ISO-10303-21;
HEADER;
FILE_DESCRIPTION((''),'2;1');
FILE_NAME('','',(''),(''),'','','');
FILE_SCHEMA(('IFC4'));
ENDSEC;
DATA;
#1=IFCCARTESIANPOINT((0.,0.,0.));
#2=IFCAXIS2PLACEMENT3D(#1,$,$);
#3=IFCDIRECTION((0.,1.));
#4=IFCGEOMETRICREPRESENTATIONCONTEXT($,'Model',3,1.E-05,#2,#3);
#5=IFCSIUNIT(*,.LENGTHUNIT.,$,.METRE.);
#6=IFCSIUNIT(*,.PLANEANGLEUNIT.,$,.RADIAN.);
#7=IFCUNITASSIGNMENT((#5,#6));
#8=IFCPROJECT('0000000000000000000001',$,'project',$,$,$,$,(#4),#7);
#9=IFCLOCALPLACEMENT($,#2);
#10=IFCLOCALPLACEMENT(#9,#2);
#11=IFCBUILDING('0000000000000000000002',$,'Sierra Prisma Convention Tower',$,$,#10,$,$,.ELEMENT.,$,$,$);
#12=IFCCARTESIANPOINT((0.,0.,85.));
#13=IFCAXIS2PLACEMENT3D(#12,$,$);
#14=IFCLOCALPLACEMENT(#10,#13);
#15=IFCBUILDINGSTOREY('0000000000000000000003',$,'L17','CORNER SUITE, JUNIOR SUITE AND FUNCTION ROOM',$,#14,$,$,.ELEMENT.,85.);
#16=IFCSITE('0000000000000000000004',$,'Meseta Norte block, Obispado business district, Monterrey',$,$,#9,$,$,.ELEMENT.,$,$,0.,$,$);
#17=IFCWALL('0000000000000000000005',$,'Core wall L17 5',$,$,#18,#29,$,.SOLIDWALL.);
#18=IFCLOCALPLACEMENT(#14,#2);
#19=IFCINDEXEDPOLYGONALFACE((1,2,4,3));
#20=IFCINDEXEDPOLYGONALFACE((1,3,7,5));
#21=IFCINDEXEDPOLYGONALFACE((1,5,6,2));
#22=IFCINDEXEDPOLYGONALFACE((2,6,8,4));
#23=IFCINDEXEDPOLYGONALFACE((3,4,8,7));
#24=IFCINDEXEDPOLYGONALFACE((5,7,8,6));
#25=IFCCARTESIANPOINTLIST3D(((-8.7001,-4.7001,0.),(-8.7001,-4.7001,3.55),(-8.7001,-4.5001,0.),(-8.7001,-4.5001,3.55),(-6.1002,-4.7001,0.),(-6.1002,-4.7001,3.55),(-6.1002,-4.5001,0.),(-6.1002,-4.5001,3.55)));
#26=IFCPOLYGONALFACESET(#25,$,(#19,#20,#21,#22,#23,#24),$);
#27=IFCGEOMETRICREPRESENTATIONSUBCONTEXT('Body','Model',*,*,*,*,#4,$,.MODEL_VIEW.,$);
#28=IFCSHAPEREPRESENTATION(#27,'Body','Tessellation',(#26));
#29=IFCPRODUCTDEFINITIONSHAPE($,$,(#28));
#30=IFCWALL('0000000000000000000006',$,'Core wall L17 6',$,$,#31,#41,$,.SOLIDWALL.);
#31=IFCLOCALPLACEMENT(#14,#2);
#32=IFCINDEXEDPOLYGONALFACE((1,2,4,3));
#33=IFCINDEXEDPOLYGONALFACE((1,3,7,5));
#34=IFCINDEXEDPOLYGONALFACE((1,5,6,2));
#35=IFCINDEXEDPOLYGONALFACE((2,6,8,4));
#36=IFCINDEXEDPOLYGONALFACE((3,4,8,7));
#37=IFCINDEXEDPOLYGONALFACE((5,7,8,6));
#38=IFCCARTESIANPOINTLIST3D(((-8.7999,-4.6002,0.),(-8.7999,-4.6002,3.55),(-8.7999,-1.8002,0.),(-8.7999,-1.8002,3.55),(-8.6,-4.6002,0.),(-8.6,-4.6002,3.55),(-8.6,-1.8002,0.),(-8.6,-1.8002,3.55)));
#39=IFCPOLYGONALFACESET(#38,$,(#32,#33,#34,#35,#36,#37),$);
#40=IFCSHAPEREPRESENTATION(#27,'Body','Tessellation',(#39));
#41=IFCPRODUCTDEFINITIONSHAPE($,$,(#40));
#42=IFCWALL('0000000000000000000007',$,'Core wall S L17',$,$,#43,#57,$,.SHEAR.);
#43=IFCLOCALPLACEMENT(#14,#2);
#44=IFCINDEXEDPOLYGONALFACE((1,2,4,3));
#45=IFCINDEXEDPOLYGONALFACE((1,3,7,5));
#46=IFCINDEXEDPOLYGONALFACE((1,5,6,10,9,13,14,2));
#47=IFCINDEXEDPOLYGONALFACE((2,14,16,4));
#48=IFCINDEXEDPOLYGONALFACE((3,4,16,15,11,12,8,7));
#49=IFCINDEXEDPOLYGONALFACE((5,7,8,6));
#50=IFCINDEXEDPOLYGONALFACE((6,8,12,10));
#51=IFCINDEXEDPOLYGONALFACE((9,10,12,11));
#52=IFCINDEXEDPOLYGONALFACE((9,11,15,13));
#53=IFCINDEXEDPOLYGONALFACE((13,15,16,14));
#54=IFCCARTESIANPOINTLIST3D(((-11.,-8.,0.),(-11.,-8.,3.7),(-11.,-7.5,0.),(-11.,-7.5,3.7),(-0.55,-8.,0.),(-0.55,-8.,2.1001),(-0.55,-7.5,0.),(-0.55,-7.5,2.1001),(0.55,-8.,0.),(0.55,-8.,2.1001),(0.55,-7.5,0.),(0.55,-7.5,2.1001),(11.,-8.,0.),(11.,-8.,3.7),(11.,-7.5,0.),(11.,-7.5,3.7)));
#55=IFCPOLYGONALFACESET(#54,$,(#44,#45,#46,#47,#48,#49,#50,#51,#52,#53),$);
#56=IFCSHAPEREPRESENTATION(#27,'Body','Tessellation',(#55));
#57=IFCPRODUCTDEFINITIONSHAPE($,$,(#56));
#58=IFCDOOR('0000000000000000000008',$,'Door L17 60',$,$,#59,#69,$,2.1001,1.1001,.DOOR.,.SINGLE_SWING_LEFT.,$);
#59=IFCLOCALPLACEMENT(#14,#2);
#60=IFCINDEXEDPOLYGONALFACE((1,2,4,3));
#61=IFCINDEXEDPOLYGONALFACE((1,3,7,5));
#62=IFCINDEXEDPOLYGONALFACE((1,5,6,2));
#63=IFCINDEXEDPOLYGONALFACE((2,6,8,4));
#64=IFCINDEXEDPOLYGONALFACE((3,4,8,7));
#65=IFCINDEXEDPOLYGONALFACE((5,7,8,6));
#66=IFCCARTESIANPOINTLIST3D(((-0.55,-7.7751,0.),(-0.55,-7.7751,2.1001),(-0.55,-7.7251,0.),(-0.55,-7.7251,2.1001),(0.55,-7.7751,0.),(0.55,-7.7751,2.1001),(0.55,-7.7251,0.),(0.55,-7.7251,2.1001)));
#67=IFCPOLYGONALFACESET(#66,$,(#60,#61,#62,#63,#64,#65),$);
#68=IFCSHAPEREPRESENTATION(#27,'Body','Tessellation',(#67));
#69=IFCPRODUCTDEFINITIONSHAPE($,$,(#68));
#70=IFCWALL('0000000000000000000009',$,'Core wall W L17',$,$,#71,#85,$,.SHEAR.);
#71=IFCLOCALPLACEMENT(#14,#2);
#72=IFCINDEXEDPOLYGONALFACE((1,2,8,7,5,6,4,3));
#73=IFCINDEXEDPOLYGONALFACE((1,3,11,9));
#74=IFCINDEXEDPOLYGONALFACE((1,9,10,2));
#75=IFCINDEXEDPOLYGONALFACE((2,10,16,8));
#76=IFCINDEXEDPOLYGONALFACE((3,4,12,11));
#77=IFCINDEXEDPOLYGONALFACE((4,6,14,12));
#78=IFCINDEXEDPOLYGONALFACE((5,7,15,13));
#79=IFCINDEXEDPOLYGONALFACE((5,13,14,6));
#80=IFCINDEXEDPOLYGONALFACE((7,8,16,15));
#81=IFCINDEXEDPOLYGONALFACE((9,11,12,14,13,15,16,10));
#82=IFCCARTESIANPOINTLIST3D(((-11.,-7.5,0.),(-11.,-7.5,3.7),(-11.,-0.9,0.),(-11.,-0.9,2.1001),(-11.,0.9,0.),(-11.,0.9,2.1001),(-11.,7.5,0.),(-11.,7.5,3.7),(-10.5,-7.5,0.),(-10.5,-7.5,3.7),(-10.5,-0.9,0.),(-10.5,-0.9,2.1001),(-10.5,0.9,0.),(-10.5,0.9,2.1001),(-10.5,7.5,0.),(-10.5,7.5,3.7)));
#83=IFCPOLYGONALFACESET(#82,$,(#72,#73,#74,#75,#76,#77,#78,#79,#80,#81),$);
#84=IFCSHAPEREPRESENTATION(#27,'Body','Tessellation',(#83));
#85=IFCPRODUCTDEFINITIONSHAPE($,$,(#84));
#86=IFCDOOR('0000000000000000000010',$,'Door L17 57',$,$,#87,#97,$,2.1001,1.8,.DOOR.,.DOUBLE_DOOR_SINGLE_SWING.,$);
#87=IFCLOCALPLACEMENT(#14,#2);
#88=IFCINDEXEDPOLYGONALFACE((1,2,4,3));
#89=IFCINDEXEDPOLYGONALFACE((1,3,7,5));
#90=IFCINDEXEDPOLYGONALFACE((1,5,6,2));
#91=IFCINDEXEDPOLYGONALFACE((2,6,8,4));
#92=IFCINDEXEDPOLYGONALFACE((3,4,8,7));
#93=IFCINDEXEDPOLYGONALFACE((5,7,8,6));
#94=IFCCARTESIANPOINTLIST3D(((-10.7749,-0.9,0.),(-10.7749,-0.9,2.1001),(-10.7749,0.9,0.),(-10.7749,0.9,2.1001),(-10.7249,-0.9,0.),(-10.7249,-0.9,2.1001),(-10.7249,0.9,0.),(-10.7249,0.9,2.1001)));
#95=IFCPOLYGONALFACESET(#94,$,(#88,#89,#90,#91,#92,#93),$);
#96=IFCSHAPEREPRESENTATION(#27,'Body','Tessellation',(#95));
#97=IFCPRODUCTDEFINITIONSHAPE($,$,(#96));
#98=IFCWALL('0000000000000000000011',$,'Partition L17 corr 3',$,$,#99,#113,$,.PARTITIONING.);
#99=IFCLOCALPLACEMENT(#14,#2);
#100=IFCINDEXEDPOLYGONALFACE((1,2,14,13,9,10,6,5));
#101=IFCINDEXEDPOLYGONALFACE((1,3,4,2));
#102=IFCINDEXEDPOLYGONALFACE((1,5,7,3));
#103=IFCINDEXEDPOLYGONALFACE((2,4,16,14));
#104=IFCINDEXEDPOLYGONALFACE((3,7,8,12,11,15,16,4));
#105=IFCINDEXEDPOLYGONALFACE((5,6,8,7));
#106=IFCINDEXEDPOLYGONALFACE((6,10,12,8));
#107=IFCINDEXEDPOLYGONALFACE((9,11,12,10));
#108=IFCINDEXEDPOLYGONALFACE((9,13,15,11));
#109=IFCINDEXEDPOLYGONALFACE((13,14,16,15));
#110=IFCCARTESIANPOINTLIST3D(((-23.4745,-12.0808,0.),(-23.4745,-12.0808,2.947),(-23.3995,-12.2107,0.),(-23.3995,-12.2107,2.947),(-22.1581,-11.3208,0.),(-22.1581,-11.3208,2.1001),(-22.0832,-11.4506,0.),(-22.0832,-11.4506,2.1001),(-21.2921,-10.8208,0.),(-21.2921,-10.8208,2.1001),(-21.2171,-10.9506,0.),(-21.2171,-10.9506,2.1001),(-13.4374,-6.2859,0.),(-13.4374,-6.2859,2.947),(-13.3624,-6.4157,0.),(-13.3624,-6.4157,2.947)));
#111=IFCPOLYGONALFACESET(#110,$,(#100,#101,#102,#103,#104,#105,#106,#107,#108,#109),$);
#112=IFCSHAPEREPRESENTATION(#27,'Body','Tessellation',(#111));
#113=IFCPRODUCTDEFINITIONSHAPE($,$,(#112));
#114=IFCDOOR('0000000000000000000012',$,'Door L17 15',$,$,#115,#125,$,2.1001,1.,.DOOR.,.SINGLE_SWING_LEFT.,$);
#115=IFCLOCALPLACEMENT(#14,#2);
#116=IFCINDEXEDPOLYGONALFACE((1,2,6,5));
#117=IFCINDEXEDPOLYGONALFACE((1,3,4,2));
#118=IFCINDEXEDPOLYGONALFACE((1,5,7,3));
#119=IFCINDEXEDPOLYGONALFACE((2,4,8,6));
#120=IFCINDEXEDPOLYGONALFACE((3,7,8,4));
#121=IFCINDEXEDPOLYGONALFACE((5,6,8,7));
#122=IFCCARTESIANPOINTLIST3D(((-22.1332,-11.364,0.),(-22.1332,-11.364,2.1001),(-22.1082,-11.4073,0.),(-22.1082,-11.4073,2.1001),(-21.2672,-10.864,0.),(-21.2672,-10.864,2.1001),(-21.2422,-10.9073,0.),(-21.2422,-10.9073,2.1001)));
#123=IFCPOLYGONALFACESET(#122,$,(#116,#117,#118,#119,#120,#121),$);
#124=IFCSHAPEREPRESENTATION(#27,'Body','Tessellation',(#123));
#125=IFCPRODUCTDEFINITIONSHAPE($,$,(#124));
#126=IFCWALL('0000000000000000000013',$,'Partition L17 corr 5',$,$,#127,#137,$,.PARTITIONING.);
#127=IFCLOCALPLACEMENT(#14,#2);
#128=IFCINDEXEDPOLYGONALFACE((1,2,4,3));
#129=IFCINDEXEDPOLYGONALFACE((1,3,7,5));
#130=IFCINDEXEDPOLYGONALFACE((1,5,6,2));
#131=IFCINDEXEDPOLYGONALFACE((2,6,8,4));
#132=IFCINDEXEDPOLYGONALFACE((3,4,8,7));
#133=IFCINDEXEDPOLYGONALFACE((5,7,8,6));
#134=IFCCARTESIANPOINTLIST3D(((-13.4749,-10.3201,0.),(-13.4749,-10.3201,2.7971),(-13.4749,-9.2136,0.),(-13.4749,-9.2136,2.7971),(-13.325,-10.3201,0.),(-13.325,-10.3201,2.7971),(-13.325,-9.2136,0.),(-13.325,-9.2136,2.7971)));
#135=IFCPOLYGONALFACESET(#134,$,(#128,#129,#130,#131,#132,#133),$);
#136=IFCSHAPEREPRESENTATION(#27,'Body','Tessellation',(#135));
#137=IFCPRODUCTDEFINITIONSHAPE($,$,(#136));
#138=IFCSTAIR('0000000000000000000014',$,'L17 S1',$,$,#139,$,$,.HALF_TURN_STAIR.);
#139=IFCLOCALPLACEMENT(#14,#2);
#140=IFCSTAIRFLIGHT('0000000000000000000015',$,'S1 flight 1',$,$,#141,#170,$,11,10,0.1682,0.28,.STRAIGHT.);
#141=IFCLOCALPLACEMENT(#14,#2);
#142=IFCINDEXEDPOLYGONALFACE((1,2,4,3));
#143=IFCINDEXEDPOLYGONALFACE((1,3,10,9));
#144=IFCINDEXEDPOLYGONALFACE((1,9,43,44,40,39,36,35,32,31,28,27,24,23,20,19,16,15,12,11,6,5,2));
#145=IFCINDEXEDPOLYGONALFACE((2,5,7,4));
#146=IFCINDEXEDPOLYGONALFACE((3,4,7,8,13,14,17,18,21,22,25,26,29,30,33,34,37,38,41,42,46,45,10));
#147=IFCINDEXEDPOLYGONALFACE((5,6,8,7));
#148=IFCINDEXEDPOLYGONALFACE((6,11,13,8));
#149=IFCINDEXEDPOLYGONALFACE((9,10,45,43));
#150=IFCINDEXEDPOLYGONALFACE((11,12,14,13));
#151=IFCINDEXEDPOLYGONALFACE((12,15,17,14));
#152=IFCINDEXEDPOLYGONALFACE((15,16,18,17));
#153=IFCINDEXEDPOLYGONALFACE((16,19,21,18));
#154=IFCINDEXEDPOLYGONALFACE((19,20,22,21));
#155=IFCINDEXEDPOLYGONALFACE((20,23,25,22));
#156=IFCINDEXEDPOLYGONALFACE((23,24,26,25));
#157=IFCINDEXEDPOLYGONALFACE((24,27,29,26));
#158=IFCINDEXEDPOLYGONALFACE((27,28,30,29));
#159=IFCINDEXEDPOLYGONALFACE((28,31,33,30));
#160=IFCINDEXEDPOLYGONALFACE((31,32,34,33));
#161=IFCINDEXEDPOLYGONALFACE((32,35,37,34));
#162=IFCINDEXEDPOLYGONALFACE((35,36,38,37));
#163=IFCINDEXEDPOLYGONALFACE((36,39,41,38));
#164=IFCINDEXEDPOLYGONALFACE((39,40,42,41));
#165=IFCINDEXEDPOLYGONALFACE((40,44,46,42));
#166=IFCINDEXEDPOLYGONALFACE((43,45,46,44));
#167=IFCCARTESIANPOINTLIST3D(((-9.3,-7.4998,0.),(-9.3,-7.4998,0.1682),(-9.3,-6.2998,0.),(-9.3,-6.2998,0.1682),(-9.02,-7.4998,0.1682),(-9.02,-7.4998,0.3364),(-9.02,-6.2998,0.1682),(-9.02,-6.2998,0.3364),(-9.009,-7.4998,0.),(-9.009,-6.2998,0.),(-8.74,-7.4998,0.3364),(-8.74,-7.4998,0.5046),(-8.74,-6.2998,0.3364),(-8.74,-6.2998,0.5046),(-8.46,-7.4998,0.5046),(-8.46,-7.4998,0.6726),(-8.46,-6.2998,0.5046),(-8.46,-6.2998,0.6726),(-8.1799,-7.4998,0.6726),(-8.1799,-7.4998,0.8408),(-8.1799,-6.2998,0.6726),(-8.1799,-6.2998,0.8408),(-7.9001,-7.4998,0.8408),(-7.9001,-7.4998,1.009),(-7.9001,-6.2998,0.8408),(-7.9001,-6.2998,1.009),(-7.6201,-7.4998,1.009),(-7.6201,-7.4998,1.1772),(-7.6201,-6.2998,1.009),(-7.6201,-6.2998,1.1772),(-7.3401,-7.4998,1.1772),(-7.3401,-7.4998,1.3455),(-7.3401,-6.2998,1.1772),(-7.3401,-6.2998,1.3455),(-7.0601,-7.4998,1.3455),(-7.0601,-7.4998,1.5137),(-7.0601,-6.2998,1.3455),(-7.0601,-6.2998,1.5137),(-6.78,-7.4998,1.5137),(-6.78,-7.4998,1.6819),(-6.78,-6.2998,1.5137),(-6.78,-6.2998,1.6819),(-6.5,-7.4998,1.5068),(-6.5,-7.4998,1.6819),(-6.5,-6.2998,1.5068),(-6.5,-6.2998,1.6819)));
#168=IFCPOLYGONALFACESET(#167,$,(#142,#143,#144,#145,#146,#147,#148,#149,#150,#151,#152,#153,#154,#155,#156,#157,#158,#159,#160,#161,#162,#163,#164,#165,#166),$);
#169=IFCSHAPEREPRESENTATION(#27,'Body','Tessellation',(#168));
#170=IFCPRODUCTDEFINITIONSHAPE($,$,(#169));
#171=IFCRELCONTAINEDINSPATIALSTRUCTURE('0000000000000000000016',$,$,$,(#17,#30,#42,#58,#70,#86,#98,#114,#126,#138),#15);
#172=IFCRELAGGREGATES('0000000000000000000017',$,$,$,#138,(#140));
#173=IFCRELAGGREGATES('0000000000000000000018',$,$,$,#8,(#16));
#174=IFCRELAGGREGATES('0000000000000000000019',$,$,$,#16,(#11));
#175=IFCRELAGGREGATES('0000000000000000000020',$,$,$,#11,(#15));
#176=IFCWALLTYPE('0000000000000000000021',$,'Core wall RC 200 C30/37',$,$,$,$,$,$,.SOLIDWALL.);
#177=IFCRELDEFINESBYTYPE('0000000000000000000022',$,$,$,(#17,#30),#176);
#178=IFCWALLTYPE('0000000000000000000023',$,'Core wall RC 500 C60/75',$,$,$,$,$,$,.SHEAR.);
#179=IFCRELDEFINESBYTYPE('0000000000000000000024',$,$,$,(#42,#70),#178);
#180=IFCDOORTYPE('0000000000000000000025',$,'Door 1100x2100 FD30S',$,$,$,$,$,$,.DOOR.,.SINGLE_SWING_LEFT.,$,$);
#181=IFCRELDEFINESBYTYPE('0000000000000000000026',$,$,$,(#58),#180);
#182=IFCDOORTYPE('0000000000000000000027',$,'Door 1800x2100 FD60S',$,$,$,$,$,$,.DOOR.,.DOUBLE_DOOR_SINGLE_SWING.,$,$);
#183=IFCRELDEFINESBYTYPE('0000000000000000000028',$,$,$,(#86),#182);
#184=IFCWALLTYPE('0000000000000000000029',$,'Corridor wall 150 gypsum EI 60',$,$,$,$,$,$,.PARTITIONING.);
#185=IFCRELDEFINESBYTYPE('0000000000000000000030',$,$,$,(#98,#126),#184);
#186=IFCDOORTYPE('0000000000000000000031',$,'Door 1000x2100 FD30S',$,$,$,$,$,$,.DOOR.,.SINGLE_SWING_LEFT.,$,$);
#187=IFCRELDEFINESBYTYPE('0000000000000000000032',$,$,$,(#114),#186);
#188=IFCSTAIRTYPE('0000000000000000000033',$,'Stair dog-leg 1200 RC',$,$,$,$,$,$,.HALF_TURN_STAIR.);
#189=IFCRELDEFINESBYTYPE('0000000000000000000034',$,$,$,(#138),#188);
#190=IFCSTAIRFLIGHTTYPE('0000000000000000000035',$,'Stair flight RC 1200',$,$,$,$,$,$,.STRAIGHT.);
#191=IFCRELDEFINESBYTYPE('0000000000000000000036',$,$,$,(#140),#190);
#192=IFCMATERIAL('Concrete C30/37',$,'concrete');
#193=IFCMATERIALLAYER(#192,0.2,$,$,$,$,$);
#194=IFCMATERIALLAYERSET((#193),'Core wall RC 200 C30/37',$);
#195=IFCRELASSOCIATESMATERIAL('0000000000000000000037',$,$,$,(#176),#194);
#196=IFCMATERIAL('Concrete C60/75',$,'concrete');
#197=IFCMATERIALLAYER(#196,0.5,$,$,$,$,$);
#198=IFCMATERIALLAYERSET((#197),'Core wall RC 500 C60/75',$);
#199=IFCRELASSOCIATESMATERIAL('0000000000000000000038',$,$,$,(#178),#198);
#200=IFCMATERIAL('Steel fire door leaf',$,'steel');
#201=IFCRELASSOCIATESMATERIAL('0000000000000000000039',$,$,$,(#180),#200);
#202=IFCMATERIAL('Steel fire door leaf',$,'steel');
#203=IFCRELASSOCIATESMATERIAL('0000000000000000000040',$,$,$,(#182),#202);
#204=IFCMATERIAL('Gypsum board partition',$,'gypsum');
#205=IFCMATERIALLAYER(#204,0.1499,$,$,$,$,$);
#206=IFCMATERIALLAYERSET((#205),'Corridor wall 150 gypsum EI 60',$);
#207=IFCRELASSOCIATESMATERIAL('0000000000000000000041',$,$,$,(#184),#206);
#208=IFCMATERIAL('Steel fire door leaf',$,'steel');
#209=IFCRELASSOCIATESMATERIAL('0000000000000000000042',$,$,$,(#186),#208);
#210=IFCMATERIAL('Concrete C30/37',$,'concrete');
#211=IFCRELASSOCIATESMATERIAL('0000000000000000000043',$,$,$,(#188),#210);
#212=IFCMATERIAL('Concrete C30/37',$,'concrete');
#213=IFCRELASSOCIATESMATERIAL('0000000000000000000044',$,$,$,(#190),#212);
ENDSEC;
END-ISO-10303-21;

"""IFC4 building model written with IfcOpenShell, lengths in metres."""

from ifc_helpers import new_model, si_unit, direction, frame, frame_2d, origin, place, context, subcontext, project, spatial, polyline, rectangle, outline, extrude, material, layer, layer_set, type_object, element, fill, aggregate, save


model = new_model("IFC4")

# Units and contexts
model_context = context("Model", 3, precision=1e-05, world=origin(), true_north=direction((0.0, 1.0)))
body_context = subcontext(model_context, "Body", "Model", "MODEL_VIEW")
ifc_project = project(units=[si_unit("LENGTHUNIT", "METRE"), si_unit("PLANEANGLEUNIT", "RADIAN")], contexts=[model_context])

# Site, building, storey
site_placement = place(None, origin())
site = spatial("IfcSite", under=ifc_project, at=site_placement, Name="Meseta Norte block, Obispado business district, Monterrey", CompositionType="ELEMENT", RefElevation=0.0)
building_placement = place(site_placement, origin())
building = spatial("IfcBuilding", under=site, at=building_placement, Name="Sierra Prisma Convention Tower", CompositionType="ELEMENT")
storey_placement = place(building_placement, frame((0.0, 0.0, 85.0)))
storey = spatial("IfcBuildingStorey", under=building, at=storey_placement, Name="L17", Description="CORNER SUITE, JUNIOR SUITE AND FUNCTION ROOM", CompositionType="ELEMENT", Elevation=85.0)

# Shared definitions
ifc_material_1 = material(Name="Concrete C30/37", Category="concrete")
ifc_layer_1 = layer(ifc_material_1, 0.2)
ifc_layer_set_1 = layer_set([ifc_layer_1], Name="Core wall RC 200 C30/37")
wall_type_1 = type_object("IfcWallType", Name="Core wall RC 200 C30/37", PredefinedType="SOLIDWALL", material=ifc_layer_set_1)

# Walls
wall_1_placement = place(storey_placement, frame((-8.7, -4.6001, 0.0), z_axis=(0.0, 0.0, 1.0), x_axis=(1.0, 0.0, 0.0)))
element("IfcWall", 1, at=wall_1_placement, inside=storey, type_object=wall_type_1, Name="Core wall L17 5", PredefinedType="SOLIDWALL", context=body_context, shape_type="SweptSolid", body=[
    extrude(rectangle(XDim=2.5999, YDim=0.2, at=frame_2d((1.2998, 0.0))), origin(), (0.0, 0.0, 1.0), 3.55),
])
wall_2_placement = place(storey_placement, frame((-8.7, -4.6001, 0.0), z_axis=(0.0, 0.0, 1.0), x_axis=(0.0, 1.0, 0.0)))
element("IfcWall", 2, at=wall_2_placement, inside=storey, type_object=wall_type_1, Name="Core wall L17 6", PredefinedType="SOLIDWALL", context=body_context, shape_type="SweptSolid", body=[
    extrude(rectangle(XDim=2.8, YDim=0.2, at=frame_2d((1.3999, 0.0))), origin(), (0.0, 0.0, 1.0), 3.55),
])

# Walls, openings, doors
ifc_material_2 = material(Name="Concrete C60/75", Category="concrete")
ifc_layer_2 = layer(ifc_material_2, 0.5)
ifc_layer_set_2 = layer_set([ifc_layer_2], Name="Core wall RC 500 C60/75")
wall_type_2 = type_object("IfcWallType", Name="Core wall RC 500 C60/75", PredefinedType="SHEAR", material=ifc_layer_set_2)
wall_3_placement = place(storey_placement, frame((-11.0, -7.75, 0.0), z_axis=(0.0, 0.0, 1.0), x_axis=(1.0, 0.0, 0.0)))
wall_3 = element("IfcWall", 3, at=wall_3_placement, inside=storey, type_object=wall_type_2, Name="Core wall S L17", PredefinedType="SHEAR", context=body_context, shape_type="SweptSolid", body=[
    extrude(rectangle(XDim=22.0, YDim=0.5, at=frame_2d((11.0, 0.0))), origin(), (0.0, 0.0, 1.0), 3.7),
])
opening_1_placement = place(wall_3_placement, frame((10.45, 0.0, 0.0)))
opening_1 = element("IfcOpeningElement", 4, at=opening_1_placement, cuts=wall_3, PredefinedType="OPENING", context=body_context, shape_type="SweptSolid", body=[
    extrude(rectangle(XDim=1.1001, YDim=2.1001, at=frame_2d((0.55, 1.05))), frame((0.0, 0.25, 0.0), z_axis=(0.0, -1.0, 0.0), x_axis=(1.0, 0.0, 0.0)), (0.0, 0.0, 1.0), 0.5),
])
ifc_material_3 = material(Name="Steel fire door leaf", Category="steel")
door_type_1 = type_object("IfcDoorType", Name="Door 1100x2100 FD30S", OperationType="SINGLE_SWING_LEFT", PredefinedType="DOOR", material=ifc_material_3)
door_1_placement = place(opening_1_placement, origin())
door_1 = element("IfcDoor", 5, at=door_1_placement, inside=storey, type_object=door_type_1, Name="Door L17 60", OperationType="SINGLE_SWING_LEFT", OverallHeight=2.1001, OverallWidth=1.1001, PredefinedType="DOOR", context=body_context, shape_type="SweptSolid", body=[
    extrude(rectangle(XDim=1.1001, YDim=2.1001, at=frame_2d((0.55, 1.05))), frame((0.0, 0.0249, 0.0), z_axis=(0.0, -1.0, 0.0), x_axis=(1.0, 0.0, 0.0)), (0.0, 0.0, 1.0), 0.05),
])
fill(opening_1, door_1)
wall_4_placement = place(storey_placement, frame((-10.75, -7.5, 0.0), z_axis=(0.0, 0.0, 1.0), x_axis=(0.0, 1.0, 0.0)))
wall_4 = element("IfcWall", 6, at=wall_4_placement, inside=storey, type_object=wall_type_2, Name="Core wall W L17", PredefinedType="SHEAR", context=body_context, shape_type="SweptSolid", body=[
    extrude(rectangle(XDim=15.0, YDim=0.5, at=frame_2d((7.5, 0.0))), origin(), (0.0, 0.0, 1.0), 3.7),
])
opening_2_placement = place(wall_4_placement, frame((6.6001, 0.0, 0.0)))
opening_2 = element("IfcOpeningElement", 7, at=opening_2_placement, cuts=wall_4, PredefinedType="OPENING", context=body_context, shape_type="SweptSolid", body=[
    extrude(rectangle(XDim=1.8, YDim=2.1001, at=frame_2d((0.8999, 1.05))), frame((0.0, 0.25, 0.0), z_axis=(0.0, -1.0, 0.0), x_axis=(1.0, 0.0, 0.0)), (0.0, 0.0, 1.0), 0.5),
])
ifc_material_4 = material(Name="Steel fire door leaf", Category="steel")
door_type_2 = type_object("IfcDoorType", Name="Door 1800x2100 FD60S", OperationType="DOUBLE_DOOR_SINGLE_SWING", PredefinedType="DOOR", material=ifc_material_4)
door_2_placement = place(opening_2_placement, origin())
door_2 = element("IfcDoor", 8, at=door_2_placement, inside=storey, type_object=door_type_2, Name="Door L17 57", OperationType="DOUBLE_DOOR_SINGLE_SWING", OverallHeight=2.1001, OverallWidth=1.8, PredefinedType="DOOR", context=body_context, shape_type="SweptSolid", body=[
    extrude(rectangle(XDim=1.8, YDim=2.1001, at=frame_2d((0.8999, 1.05))), frame((0.0, 0.0249, 0.0), z_axis=(0.0, -1.0, 0.0), x_axis=(1.0, 0.0, 0.0)), (0.0, 0.0, 1.0), 0.05),
])
fill(opening_2, door_2)
ifc_material_5 = material(Name="Gypsum board partition", Category="gypsum")
ifc_layer_3 = layer(ifc_material_5, 0.1499)
ifc_layer_set_3 = layer_set([ifc_layer_3], Name="Corridor wall 150 gypsum EI 60")
wall_type_3 = type_object("IfcWallType", Name="Corridor wall 150 gypsum EI 60", PredefinedType="PARTITIONING", material=ifc_layer_set_3)
wall_5_placement = place(storey_placement, frame((-13.3999, -6.3508, 0.0), z_axis=(0.0, 0.0, 1.0), x_axis=(-0.866026, -0.5, 0.0)))
wall_5 = element("IfcWall", 9, at=wall_5_placement, inside=storey, type_object=wall_type_3, Name="Partition L17 corr 3", PredefinedType="PARTITIONING", context=body_context, shape_type="SweptSolid", body=[
    extrude(rectangle(XDim=11.5898, YDim=0.1499, at=frame_2d((5.7949, 0.0))), origin(), (0.0, 0.0, 1.0), 2.947),
])
opening_3_placement = place(wall_5_placement, frame((9.0698, 0.0, 0.0)))
opening_3 = element("IfcOpeningElement", 10, at=opening_3_placement, cuts=wall_5, PredefinedType="OPENING", context=body_context, shape_type="SweptSolid", body=[
    extrude(rectangle(XDim=1.0, YDim=2.1001, at=frame_2d((0.5, 1.05))), frame((0.0, 0.075, 0.0), z_axis=(0.0, -1.0, 0.0), x_axis=(1.0, 0.0, 0.0)), (0.0, 0.0, 1.0), 0.1499),
])
ifc_material_6 = material(Name="Steel fire door leaf", Category="steel")
door_type_3 = type_object("IfcDoorType", Name="Door 1000x2100 FD30S", OperationType="SINGLE_SWING_LEFT", PredefinedType="DOOR", material=ifc_material_6)
door_3_placement = place(opening_3_placement, origin())
door_3 = element("IfcDoor", 11, at=door_3_placement, inside=storey, type_object=door_type_3, Name="Door L17 15", OperationType="SINGLE_SWING_LEFT", OverallHeight=2.1001, OverallWidth=1.0, PredefinedType="DOOR", context=body_context, shape_type="SweptSolid", body=[
    extrude(rectangle(XDim=1.0, YDim=2.1001, at=frame_2d((0.5, 1.05))), frame((0.0, 0.0249, 0.0), z_axis=(0.0, -1.0, 0.0), x_axis=(1.0, 0.0, 0.0)), (0.0, 0.0, 1.0), 0.05),
])
fill(opening_3, door_3)

# Wall
wall_6_placement = place(storey_placement, frame((-13.3999, -9.2136, 0.0), z_axis=(0.0, 0.0, 1.0), x_axis=(0.0, -1.0, 0.0)))
element("IfcWall", 12, at=wall_6_placement, inside=storey, type_object=wall_type_3, Name="Partition L17 corr 5", PredefinedType="PARTITIONING", context=body_context, shape_type="SweptSolid", body=[
    extrude(rectangle(XDim=1.1064, YDim=0.1499, at=frame_2d((0.5532, 0.0))), origin(), (0.0, 0.0, 1.0), 2.7971),
])

# Stair, stair flight
ifc_material_7 = material(Name="Concrete C30/37", Category="concrete")
stair_type = type_object("IfcStairType", Name="Stair dog-leg 1200 RC", PredefinedType="HALF_TURN_STAIR", material=ifc_material_7)
stair_placement = place(storey_placement, origin())
stair = element("IfcStair", 13, at=stair_placement, inside=storey, type_object=stair_type, Name="L17 S1", PredefinedType="HALF_TURN_STAIR")
ifc_material_8 = material(Name="Concrete C30/37", Category="concrete")
stair_flight_type = type_object("IfcStairFlightType", Name="Stair flight RC 1200", PredefinedType="STRAIGHT", material=ifc_material_8)
stair_flight_placement = place(storey_placement, frame((-9.3, -6.8999, 0.0), z_axis=(0.0, 0.0, 1.0), x_axis=(1.0, 0.0, 0.0)))
stair_flight = element("IfcStairFlight", 14, at=stair_flight_placement, type_object=stair_flight_type, Name="S1 flight 1", NumberOfRisers=11, NumberOfTreads=10, PredefinedType="STRAIGHT", RiserHeight=0.1682, TreadLength=0.28, context=body_context, shape_type="SweptSolid", body=[
    extrude(outline(polyline([(0.0, 0.0), (0.0, 0.1682), (0.28, 0.1682), (0.28, 0.3364), (0.5601, 0.3364), (0.5601, 0.5046), (0.8401, 0.5046), (0.8401, 0.6726), (1.1201, 0.6726), (1.1201, 0.8408), (1.3999, 0.8408), (1.3999, 1.009), (1.6799, 1.009), (1.6799, 1.1772), (1.96, 1.1772), (1.96, 1.3455), (2.24, 1.3455), (2.24, 1.5137), (2.52, 1.5137), (2.52, 1.6819), (2.8, 1.6819), (2.8, 1.8501), (2.8, 1.5068), (0.291, 0.0), (0.0, 0.0)])), frame((0.0, 0.6001, 0.0), z_axis=(0.0, -1.0, 0.0), x_axis=(1.0, 0.0, 0.0)), (0.0, 0.0, 1.0), 1.2),
])
aggregate(stair, [stair_flight])

save(model, "model.ifc")
